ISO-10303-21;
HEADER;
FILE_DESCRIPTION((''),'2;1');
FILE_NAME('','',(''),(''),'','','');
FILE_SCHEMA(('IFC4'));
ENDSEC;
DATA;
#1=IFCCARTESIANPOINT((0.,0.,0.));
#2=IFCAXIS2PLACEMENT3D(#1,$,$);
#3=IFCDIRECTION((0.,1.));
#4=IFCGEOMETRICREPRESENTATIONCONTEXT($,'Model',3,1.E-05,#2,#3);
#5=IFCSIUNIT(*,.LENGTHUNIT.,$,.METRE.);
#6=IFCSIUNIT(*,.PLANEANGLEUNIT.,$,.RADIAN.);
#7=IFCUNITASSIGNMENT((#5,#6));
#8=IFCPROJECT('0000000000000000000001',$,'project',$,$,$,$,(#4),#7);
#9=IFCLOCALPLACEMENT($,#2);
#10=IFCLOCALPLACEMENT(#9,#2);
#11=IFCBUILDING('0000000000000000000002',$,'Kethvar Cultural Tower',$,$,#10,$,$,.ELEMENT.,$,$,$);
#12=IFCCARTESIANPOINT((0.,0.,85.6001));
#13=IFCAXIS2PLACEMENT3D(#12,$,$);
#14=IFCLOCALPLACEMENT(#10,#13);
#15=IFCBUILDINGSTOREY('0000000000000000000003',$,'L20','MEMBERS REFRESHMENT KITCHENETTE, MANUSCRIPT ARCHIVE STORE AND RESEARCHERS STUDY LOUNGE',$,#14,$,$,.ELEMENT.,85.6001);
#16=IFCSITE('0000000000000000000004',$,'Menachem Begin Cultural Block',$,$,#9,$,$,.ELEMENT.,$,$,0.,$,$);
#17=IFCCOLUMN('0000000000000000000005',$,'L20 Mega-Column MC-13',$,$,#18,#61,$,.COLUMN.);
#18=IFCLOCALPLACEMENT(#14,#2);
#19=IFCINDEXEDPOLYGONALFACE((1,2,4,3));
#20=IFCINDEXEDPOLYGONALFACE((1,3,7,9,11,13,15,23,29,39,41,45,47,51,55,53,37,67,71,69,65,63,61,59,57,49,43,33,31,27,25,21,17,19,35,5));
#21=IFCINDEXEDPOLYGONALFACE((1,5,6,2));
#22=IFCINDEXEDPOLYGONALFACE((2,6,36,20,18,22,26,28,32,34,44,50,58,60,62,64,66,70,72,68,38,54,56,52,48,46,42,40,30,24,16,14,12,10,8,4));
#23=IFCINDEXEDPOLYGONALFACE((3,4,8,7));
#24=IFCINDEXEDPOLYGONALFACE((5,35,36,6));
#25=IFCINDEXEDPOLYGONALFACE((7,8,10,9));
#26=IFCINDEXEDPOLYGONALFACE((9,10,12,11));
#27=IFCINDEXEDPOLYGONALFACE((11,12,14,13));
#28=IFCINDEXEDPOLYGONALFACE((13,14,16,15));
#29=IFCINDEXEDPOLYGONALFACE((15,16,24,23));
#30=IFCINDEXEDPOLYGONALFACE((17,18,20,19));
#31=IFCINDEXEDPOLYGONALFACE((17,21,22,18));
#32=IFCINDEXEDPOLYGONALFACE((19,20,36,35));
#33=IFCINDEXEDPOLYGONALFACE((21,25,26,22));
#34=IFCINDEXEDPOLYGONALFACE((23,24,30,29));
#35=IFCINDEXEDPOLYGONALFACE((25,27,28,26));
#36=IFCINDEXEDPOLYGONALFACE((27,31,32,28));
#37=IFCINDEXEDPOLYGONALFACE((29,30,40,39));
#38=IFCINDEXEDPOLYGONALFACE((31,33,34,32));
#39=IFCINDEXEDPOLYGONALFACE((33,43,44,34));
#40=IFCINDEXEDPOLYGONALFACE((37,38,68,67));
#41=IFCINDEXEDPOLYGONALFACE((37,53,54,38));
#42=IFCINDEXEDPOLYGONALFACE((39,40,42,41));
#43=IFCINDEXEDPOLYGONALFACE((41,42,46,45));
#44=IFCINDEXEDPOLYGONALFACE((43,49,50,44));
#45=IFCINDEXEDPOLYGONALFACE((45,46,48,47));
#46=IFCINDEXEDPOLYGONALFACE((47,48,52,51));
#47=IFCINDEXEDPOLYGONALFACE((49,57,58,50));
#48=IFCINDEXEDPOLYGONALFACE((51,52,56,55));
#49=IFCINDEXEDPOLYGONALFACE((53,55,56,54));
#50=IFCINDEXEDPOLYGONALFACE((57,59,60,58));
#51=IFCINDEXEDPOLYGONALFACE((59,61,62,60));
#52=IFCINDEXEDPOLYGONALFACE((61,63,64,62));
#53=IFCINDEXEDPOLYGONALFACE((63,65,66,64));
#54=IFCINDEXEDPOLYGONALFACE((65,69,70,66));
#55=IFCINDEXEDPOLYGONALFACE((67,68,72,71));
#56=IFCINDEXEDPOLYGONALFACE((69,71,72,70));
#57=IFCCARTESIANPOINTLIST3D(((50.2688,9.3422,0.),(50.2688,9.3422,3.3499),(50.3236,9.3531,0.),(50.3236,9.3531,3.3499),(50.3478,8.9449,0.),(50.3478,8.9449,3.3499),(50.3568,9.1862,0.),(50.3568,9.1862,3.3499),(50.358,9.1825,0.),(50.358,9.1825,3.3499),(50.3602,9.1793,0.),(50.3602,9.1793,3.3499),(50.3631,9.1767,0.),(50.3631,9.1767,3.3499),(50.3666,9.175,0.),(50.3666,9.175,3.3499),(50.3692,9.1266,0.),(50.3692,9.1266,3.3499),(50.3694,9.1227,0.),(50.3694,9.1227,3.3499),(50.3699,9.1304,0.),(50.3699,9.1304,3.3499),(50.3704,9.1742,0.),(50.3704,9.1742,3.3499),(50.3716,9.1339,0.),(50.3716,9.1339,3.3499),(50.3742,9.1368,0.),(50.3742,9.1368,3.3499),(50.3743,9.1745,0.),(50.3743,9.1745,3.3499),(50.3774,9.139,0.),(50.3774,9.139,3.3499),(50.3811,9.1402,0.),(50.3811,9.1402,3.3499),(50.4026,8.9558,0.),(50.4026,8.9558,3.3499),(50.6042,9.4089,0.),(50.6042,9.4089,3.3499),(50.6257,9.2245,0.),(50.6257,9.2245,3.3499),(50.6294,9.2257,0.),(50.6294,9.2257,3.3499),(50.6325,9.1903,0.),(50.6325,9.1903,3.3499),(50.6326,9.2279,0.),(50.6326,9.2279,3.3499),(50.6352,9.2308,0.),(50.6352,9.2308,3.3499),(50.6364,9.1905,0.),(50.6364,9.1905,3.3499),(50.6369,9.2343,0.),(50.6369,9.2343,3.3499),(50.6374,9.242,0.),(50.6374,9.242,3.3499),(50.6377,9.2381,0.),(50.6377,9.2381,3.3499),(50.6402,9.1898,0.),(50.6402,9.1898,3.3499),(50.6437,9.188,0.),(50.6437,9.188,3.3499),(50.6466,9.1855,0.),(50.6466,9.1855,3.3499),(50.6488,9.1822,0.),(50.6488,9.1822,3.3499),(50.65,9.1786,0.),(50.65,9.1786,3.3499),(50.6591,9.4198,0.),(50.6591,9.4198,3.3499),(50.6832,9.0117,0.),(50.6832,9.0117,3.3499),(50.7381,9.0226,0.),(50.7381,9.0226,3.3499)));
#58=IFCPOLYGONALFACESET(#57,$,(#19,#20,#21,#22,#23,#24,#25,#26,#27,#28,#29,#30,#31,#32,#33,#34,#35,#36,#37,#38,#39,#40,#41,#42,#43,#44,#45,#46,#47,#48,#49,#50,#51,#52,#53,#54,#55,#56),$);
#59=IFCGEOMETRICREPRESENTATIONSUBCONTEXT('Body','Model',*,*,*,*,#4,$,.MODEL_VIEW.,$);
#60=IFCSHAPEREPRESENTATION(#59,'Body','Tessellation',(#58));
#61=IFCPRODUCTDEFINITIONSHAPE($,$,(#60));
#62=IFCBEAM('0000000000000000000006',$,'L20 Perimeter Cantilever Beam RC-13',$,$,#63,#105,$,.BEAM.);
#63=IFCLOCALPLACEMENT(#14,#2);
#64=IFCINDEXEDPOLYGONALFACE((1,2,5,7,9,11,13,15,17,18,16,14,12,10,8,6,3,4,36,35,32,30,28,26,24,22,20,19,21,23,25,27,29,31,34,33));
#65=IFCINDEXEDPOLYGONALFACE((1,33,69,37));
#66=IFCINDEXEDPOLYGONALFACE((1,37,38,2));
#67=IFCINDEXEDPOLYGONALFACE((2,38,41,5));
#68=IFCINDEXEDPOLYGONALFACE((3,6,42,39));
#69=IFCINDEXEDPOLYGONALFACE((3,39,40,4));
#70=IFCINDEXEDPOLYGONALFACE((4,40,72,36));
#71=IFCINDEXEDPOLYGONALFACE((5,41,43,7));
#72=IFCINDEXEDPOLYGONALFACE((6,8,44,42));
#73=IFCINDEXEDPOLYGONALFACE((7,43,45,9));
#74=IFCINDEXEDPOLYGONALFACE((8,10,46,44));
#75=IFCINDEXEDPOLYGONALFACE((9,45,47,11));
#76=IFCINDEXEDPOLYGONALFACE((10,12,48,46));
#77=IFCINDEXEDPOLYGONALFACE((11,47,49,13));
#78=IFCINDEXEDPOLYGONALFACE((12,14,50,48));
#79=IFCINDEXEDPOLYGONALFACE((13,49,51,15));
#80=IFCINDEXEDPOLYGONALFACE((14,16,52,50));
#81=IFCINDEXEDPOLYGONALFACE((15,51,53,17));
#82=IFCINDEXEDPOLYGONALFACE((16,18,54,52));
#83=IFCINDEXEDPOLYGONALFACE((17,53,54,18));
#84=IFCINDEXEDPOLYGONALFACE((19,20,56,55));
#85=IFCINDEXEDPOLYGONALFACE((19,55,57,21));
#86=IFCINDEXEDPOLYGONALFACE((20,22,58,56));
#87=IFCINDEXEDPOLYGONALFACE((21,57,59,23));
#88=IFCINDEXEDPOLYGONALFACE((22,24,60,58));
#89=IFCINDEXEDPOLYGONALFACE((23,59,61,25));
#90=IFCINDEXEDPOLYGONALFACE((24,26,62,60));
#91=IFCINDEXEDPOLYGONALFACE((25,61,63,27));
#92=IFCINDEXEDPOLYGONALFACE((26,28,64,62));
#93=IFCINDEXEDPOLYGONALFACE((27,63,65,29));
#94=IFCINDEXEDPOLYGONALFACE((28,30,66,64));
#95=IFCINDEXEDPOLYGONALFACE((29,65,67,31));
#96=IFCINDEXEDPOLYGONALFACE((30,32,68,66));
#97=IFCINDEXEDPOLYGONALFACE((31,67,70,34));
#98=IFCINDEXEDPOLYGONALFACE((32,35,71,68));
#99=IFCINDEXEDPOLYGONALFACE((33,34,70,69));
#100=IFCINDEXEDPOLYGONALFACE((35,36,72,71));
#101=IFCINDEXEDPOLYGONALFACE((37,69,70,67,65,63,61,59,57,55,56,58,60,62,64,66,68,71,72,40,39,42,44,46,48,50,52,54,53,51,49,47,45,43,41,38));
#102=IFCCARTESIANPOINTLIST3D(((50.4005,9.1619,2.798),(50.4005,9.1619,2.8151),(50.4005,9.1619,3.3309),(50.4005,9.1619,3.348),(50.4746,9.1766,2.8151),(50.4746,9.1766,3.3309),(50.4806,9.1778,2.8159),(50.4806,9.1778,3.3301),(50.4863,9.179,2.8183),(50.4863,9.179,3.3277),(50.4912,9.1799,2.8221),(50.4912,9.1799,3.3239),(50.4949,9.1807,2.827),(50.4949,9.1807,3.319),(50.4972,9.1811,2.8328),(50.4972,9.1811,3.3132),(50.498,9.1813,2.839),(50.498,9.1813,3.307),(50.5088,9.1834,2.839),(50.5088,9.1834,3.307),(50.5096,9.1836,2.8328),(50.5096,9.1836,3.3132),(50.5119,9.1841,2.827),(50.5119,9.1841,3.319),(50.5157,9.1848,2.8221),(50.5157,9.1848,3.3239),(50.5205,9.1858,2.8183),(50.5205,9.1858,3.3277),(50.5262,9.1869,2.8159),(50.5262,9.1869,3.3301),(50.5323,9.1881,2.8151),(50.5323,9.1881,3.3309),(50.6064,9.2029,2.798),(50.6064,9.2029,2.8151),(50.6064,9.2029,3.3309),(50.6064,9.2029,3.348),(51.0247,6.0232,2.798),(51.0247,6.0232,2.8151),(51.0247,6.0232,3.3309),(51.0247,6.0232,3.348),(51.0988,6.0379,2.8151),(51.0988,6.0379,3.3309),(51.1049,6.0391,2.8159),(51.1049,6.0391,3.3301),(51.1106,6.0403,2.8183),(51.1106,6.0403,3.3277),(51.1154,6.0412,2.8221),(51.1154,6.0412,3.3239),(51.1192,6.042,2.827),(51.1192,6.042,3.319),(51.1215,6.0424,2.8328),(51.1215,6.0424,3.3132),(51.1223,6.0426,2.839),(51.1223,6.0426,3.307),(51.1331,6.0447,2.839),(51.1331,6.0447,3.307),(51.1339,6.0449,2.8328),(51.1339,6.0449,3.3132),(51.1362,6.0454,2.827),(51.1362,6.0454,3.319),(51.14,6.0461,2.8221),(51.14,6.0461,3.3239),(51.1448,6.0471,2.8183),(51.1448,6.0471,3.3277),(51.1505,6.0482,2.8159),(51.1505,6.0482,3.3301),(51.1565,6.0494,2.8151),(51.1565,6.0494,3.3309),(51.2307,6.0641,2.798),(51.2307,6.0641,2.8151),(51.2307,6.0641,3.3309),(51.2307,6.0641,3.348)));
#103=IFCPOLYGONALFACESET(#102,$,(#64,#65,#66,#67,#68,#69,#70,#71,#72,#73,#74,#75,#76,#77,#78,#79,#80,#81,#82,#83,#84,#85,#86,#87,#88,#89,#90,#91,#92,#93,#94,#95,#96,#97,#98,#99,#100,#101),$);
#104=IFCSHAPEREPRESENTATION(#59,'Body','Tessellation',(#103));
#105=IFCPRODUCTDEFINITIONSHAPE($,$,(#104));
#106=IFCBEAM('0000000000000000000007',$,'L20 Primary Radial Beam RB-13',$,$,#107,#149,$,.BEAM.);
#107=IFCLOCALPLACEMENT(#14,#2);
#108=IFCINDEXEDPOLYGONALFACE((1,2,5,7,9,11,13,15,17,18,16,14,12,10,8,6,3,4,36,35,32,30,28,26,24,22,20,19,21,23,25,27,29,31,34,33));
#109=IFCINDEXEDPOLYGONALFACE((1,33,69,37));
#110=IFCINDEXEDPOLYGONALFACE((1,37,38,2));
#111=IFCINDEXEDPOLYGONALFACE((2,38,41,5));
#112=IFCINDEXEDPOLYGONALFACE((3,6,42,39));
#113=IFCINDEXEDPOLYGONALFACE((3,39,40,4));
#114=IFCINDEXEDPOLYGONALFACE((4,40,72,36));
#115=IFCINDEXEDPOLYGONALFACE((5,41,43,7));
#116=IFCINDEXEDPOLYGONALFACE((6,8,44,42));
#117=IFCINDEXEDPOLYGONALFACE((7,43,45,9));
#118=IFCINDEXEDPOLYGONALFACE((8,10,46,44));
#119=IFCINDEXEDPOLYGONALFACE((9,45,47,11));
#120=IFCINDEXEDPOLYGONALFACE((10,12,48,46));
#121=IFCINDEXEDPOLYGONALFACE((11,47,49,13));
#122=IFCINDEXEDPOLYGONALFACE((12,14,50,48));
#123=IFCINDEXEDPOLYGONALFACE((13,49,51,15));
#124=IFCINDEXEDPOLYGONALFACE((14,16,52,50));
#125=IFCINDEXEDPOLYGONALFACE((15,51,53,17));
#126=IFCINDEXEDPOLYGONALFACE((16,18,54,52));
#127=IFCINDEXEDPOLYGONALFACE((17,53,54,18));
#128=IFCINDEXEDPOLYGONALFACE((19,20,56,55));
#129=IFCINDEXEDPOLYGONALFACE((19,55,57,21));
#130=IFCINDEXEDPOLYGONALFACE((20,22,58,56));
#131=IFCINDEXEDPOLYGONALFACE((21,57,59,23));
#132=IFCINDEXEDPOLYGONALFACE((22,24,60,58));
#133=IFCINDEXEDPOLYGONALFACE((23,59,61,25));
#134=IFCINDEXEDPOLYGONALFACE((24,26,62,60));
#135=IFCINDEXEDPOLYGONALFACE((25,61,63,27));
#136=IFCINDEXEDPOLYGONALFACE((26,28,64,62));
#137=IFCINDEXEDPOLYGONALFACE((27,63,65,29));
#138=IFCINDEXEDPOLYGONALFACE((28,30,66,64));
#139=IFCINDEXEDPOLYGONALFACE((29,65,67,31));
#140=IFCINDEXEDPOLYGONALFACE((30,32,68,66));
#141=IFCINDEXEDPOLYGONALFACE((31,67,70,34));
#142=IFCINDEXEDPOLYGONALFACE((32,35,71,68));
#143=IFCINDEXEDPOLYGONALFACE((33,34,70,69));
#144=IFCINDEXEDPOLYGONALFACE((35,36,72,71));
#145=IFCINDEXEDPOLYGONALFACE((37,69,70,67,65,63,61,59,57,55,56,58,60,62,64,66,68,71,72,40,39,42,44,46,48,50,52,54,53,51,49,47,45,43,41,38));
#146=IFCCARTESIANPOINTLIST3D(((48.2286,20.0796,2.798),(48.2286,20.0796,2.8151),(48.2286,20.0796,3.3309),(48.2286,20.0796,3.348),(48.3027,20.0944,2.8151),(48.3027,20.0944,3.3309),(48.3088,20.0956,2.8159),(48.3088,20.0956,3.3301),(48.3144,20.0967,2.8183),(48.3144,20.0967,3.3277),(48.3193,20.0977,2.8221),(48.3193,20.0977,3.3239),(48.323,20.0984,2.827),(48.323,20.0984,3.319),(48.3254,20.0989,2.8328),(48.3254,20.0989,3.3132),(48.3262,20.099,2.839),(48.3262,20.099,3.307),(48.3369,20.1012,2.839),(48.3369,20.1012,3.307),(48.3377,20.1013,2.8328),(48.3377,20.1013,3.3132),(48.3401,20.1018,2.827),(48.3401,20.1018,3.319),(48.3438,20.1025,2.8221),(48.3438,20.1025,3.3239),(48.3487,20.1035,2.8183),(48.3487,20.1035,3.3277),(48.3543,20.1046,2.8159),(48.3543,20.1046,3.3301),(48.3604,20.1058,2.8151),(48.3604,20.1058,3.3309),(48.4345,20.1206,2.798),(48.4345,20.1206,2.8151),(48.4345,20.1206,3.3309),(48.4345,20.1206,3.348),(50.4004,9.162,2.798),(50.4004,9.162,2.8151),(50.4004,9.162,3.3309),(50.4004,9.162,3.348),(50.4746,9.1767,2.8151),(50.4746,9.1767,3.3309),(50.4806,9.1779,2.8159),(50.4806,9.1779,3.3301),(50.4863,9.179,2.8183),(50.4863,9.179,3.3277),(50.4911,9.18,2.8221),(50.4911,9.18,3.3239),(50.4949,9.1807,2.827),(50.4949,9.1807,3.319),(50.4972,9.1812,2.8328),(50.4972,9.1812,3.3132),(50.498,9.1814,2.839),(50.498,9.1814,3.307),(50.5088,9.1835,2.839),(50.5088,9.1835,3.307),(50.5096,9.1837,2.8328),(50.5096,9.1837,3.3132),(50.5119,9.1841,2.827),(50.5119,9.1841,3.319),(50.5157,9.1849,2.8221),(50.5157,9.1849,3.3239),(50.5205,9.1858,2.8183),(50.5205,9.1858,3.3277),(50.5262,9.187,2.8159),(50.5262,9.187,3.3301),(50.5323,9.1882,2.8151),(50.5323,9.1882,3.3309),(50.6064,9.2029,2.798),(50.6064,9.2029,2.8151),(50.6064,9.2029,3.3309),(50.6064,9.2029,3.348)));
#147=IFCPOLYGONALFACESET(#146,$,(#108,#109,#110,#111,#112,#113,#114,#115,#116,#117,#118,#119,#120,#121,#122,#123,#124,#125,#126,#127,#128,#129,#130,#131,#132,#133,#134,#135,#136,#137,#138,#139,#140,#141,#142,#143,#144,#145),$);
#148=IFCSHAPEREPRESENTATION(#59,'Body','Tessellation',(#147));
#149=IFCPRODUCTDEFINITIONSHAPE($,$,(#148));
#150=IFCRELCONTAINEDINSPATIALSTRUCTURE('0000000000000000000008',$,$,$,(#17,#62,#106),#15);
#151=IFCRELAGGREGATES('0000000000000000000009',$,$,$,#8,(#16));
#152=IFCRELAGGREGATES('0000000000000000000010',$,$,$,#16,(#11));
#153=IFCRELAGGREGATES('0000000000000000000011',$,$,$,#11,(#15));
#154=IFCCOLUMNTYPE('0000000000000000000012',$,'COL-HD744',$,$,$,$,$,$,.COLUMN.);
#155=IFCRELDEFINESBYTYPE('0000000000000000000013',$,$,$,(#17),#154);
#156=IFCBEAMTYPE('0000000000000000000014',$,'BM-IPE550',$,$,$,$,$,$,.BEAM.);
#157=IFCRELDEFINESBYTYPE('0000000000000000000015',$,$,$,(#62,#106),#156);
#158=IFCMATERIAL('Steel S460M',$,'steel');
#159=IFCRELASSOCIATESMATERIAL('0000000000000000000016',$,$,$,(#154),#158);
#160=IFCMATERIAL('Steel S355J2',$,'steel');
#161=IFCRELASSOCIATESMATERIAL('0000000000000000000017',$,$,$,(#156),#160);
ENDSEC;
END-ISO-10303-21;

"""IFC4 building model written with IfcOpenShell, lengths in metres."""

from ifc_helpers import new_model, si_unit, direction, frame, origin, origin_2d, place, context, subcontext, project, spatial, i_section, extrude, source, transform, mapped, material, material_profile, profile_set, type_object, element, save


model = new_model("IFC4")

# Units and contexts
model_context = context("Model", 3, precision=1e-05, world=origin(), true_north=direction((0.0, 1.0)))
body_context = subcontext(model_context, "Body", "Model", "MODEL_VIEW")
ifc_project = project(units=[si_unit("LENGTHUNIT", "METRE"), si_unit("PLANEANGLEUNIT", "RADIAN")], contexts=[model_context])

# Site, building, storey
site_placement = place(None, origin())
site = spatial("IfcSite", under=ifc_project, at=site_placement, Name="Menachem Begin Cultural Block", CompositionType="ELEMENT", RefElevation=0.0)
building_placement = place(site_placement, origin())
building = spatial("IfcBuilding", under=site, at=building_placement, Name="Kethvar Cultural Tower", CompositionType="ELEMENT")
storey_placement = place(building_placement, frame((0.0, 0.0, 85.6001)))
storey = spatial("IfcBuildingStorey", under=building, at=storey_placement, Name="L20", Description="MEMBERS REFRESHMENT KITCHENETTE, MANUSCRIPT ARCHIVE STORE AND RESEARCHERS STUDY LOUNGE", CompositionType="ELEMENT", Elevation=85.6001)

# Column
ifc_material_1 = material(Name="Steel S460M", Category="steel")
ifc_material_profile_1 = material_profile(ifc_material_1, i_section(OverallWidth=0.405, OverallDepth=0.3979, WebThickness=0.0349, FlangeThickness=0.0559, FilletRadius=0.0149, at=origin_2d()), Name="Steel S460M — HD400x744")
ifc_profile_set_1 = profile_set([ifc_material_profile_1], Name="Steel S460M — HD400x744")
column_type = type_object("IfcColumnType", Name="COL-HD744", PredefinedType="COLUMN", material=ifc_profile_set_1)
shared_shape_1 = source(origin(), body_context, "Body", "SweptSolid", [
    extrude(i_section(OverallWidth=0.405, OverallDepth=0.3979, WebThickness=0.0349, FlangeThickness=0.0559, FilletRadius=0.0149, at=origin_2d()), origin(), (0.0, 0.0, 1.0), 3.3499),
])
column_placement = place(storey_placement, frame((50.5034, 9.1824, 0.0), z_axis=(0.0, 0.0, 1.0), x_axis=(0.19509, -0.980785, 0.0)))
element("IfcColumn", 1, at=column_placement, inside=storey, type_object=column_type, Name="L20 Mega-Column MC-13", PredefinedType="COLUMN", context=body_context, shape_type="MappedRepresentation", body=[
    mapped(shared_shape_1, transform((0.0, 0.0, 0.0), scale=1.0)),
])

# Beams
ifc_material_2 = material(Name="Steel S355J2", Category="steel")
ifc_material_profile_2 = material_profile(ifc_material_2, i_section(OverallWidth=0.21, OverallDepth=0.55, WebThickness=0.011, FlangeThickness=0.0171, FilletRadius=0.0239, at=origin_2d()), Name="Steel S355J2 — IPE550")
ifc_profile_set_2 = profile_set([ifc_material_profile_2], Name="Steel S355J2 — IPE550")
beam_type_1 = type_object("IfcBeamType", Name="BM-IPE550", PredefinedType="BEAM", material=ifc_profile_set_2)
shared_shape_2 = source(origin(), body_context, "Body", "SweptSolid", [
    extrude(i_section(OverallWidth=0.21, OverallDepth=0.55, WebThickness=0.011, FlangeThickness=0.0171, FilletRadius=0.0239, at=origin_2d()), origin(), (0.0, 0.0, 1.0), 3.2002),
])
beam_1_placement = place(storey_placement, frame((50.5034, 9.1824, 3.073), z_axis=(0.195074, -0.980788, 0.0), x_axis=(0.980788, 0.195074, 0.0)))
element("IfcBeam", 2, at=beam_1_placement, inside=storey, type_object=beam_type_1, Name="L20 Perimeter Cantilever Beam RC-13", PredefinedType="BEAM", context=body_context, shape_type="MappedRepresentation", body=[
    mapped(shared_shape_2, transform((0.0, 0.0, 0.0), scale=1.0)),
])
shared_shape_3 = source(origin(), body_context, "Body", "SweptSolid", [
    extrude(i_section(OverallWidth=0.21, OverallDepth=0.55, WebThickness=0.011, FlangeThickness=0.0171, FilletRadius=0.0239, at=origin_2d()), origin(), (0.0, 0.0, 1.0), 11.1316),
])
beam_2_placement = place(storey_placement, frame((48.3315, 20.1001, 3.073), z_axis=(0.195108, -0.980782, 0.0), x_axis=(0.980782, 0.195108, 0.0)))
element("IfcBeam", 3, at=beam_2_placement, inside=storey, type_object=beam_type_1, Name="L20 Primary Radial Beam RB-13", PredefinedType="BEAM", context=body_context, shape_type="MappedRepresentation", body=[
    mapped(shared_shape_3, transform((0.0, 0.0, 0.0), scale=1.0)),
])

save(model, "model.ifc")
